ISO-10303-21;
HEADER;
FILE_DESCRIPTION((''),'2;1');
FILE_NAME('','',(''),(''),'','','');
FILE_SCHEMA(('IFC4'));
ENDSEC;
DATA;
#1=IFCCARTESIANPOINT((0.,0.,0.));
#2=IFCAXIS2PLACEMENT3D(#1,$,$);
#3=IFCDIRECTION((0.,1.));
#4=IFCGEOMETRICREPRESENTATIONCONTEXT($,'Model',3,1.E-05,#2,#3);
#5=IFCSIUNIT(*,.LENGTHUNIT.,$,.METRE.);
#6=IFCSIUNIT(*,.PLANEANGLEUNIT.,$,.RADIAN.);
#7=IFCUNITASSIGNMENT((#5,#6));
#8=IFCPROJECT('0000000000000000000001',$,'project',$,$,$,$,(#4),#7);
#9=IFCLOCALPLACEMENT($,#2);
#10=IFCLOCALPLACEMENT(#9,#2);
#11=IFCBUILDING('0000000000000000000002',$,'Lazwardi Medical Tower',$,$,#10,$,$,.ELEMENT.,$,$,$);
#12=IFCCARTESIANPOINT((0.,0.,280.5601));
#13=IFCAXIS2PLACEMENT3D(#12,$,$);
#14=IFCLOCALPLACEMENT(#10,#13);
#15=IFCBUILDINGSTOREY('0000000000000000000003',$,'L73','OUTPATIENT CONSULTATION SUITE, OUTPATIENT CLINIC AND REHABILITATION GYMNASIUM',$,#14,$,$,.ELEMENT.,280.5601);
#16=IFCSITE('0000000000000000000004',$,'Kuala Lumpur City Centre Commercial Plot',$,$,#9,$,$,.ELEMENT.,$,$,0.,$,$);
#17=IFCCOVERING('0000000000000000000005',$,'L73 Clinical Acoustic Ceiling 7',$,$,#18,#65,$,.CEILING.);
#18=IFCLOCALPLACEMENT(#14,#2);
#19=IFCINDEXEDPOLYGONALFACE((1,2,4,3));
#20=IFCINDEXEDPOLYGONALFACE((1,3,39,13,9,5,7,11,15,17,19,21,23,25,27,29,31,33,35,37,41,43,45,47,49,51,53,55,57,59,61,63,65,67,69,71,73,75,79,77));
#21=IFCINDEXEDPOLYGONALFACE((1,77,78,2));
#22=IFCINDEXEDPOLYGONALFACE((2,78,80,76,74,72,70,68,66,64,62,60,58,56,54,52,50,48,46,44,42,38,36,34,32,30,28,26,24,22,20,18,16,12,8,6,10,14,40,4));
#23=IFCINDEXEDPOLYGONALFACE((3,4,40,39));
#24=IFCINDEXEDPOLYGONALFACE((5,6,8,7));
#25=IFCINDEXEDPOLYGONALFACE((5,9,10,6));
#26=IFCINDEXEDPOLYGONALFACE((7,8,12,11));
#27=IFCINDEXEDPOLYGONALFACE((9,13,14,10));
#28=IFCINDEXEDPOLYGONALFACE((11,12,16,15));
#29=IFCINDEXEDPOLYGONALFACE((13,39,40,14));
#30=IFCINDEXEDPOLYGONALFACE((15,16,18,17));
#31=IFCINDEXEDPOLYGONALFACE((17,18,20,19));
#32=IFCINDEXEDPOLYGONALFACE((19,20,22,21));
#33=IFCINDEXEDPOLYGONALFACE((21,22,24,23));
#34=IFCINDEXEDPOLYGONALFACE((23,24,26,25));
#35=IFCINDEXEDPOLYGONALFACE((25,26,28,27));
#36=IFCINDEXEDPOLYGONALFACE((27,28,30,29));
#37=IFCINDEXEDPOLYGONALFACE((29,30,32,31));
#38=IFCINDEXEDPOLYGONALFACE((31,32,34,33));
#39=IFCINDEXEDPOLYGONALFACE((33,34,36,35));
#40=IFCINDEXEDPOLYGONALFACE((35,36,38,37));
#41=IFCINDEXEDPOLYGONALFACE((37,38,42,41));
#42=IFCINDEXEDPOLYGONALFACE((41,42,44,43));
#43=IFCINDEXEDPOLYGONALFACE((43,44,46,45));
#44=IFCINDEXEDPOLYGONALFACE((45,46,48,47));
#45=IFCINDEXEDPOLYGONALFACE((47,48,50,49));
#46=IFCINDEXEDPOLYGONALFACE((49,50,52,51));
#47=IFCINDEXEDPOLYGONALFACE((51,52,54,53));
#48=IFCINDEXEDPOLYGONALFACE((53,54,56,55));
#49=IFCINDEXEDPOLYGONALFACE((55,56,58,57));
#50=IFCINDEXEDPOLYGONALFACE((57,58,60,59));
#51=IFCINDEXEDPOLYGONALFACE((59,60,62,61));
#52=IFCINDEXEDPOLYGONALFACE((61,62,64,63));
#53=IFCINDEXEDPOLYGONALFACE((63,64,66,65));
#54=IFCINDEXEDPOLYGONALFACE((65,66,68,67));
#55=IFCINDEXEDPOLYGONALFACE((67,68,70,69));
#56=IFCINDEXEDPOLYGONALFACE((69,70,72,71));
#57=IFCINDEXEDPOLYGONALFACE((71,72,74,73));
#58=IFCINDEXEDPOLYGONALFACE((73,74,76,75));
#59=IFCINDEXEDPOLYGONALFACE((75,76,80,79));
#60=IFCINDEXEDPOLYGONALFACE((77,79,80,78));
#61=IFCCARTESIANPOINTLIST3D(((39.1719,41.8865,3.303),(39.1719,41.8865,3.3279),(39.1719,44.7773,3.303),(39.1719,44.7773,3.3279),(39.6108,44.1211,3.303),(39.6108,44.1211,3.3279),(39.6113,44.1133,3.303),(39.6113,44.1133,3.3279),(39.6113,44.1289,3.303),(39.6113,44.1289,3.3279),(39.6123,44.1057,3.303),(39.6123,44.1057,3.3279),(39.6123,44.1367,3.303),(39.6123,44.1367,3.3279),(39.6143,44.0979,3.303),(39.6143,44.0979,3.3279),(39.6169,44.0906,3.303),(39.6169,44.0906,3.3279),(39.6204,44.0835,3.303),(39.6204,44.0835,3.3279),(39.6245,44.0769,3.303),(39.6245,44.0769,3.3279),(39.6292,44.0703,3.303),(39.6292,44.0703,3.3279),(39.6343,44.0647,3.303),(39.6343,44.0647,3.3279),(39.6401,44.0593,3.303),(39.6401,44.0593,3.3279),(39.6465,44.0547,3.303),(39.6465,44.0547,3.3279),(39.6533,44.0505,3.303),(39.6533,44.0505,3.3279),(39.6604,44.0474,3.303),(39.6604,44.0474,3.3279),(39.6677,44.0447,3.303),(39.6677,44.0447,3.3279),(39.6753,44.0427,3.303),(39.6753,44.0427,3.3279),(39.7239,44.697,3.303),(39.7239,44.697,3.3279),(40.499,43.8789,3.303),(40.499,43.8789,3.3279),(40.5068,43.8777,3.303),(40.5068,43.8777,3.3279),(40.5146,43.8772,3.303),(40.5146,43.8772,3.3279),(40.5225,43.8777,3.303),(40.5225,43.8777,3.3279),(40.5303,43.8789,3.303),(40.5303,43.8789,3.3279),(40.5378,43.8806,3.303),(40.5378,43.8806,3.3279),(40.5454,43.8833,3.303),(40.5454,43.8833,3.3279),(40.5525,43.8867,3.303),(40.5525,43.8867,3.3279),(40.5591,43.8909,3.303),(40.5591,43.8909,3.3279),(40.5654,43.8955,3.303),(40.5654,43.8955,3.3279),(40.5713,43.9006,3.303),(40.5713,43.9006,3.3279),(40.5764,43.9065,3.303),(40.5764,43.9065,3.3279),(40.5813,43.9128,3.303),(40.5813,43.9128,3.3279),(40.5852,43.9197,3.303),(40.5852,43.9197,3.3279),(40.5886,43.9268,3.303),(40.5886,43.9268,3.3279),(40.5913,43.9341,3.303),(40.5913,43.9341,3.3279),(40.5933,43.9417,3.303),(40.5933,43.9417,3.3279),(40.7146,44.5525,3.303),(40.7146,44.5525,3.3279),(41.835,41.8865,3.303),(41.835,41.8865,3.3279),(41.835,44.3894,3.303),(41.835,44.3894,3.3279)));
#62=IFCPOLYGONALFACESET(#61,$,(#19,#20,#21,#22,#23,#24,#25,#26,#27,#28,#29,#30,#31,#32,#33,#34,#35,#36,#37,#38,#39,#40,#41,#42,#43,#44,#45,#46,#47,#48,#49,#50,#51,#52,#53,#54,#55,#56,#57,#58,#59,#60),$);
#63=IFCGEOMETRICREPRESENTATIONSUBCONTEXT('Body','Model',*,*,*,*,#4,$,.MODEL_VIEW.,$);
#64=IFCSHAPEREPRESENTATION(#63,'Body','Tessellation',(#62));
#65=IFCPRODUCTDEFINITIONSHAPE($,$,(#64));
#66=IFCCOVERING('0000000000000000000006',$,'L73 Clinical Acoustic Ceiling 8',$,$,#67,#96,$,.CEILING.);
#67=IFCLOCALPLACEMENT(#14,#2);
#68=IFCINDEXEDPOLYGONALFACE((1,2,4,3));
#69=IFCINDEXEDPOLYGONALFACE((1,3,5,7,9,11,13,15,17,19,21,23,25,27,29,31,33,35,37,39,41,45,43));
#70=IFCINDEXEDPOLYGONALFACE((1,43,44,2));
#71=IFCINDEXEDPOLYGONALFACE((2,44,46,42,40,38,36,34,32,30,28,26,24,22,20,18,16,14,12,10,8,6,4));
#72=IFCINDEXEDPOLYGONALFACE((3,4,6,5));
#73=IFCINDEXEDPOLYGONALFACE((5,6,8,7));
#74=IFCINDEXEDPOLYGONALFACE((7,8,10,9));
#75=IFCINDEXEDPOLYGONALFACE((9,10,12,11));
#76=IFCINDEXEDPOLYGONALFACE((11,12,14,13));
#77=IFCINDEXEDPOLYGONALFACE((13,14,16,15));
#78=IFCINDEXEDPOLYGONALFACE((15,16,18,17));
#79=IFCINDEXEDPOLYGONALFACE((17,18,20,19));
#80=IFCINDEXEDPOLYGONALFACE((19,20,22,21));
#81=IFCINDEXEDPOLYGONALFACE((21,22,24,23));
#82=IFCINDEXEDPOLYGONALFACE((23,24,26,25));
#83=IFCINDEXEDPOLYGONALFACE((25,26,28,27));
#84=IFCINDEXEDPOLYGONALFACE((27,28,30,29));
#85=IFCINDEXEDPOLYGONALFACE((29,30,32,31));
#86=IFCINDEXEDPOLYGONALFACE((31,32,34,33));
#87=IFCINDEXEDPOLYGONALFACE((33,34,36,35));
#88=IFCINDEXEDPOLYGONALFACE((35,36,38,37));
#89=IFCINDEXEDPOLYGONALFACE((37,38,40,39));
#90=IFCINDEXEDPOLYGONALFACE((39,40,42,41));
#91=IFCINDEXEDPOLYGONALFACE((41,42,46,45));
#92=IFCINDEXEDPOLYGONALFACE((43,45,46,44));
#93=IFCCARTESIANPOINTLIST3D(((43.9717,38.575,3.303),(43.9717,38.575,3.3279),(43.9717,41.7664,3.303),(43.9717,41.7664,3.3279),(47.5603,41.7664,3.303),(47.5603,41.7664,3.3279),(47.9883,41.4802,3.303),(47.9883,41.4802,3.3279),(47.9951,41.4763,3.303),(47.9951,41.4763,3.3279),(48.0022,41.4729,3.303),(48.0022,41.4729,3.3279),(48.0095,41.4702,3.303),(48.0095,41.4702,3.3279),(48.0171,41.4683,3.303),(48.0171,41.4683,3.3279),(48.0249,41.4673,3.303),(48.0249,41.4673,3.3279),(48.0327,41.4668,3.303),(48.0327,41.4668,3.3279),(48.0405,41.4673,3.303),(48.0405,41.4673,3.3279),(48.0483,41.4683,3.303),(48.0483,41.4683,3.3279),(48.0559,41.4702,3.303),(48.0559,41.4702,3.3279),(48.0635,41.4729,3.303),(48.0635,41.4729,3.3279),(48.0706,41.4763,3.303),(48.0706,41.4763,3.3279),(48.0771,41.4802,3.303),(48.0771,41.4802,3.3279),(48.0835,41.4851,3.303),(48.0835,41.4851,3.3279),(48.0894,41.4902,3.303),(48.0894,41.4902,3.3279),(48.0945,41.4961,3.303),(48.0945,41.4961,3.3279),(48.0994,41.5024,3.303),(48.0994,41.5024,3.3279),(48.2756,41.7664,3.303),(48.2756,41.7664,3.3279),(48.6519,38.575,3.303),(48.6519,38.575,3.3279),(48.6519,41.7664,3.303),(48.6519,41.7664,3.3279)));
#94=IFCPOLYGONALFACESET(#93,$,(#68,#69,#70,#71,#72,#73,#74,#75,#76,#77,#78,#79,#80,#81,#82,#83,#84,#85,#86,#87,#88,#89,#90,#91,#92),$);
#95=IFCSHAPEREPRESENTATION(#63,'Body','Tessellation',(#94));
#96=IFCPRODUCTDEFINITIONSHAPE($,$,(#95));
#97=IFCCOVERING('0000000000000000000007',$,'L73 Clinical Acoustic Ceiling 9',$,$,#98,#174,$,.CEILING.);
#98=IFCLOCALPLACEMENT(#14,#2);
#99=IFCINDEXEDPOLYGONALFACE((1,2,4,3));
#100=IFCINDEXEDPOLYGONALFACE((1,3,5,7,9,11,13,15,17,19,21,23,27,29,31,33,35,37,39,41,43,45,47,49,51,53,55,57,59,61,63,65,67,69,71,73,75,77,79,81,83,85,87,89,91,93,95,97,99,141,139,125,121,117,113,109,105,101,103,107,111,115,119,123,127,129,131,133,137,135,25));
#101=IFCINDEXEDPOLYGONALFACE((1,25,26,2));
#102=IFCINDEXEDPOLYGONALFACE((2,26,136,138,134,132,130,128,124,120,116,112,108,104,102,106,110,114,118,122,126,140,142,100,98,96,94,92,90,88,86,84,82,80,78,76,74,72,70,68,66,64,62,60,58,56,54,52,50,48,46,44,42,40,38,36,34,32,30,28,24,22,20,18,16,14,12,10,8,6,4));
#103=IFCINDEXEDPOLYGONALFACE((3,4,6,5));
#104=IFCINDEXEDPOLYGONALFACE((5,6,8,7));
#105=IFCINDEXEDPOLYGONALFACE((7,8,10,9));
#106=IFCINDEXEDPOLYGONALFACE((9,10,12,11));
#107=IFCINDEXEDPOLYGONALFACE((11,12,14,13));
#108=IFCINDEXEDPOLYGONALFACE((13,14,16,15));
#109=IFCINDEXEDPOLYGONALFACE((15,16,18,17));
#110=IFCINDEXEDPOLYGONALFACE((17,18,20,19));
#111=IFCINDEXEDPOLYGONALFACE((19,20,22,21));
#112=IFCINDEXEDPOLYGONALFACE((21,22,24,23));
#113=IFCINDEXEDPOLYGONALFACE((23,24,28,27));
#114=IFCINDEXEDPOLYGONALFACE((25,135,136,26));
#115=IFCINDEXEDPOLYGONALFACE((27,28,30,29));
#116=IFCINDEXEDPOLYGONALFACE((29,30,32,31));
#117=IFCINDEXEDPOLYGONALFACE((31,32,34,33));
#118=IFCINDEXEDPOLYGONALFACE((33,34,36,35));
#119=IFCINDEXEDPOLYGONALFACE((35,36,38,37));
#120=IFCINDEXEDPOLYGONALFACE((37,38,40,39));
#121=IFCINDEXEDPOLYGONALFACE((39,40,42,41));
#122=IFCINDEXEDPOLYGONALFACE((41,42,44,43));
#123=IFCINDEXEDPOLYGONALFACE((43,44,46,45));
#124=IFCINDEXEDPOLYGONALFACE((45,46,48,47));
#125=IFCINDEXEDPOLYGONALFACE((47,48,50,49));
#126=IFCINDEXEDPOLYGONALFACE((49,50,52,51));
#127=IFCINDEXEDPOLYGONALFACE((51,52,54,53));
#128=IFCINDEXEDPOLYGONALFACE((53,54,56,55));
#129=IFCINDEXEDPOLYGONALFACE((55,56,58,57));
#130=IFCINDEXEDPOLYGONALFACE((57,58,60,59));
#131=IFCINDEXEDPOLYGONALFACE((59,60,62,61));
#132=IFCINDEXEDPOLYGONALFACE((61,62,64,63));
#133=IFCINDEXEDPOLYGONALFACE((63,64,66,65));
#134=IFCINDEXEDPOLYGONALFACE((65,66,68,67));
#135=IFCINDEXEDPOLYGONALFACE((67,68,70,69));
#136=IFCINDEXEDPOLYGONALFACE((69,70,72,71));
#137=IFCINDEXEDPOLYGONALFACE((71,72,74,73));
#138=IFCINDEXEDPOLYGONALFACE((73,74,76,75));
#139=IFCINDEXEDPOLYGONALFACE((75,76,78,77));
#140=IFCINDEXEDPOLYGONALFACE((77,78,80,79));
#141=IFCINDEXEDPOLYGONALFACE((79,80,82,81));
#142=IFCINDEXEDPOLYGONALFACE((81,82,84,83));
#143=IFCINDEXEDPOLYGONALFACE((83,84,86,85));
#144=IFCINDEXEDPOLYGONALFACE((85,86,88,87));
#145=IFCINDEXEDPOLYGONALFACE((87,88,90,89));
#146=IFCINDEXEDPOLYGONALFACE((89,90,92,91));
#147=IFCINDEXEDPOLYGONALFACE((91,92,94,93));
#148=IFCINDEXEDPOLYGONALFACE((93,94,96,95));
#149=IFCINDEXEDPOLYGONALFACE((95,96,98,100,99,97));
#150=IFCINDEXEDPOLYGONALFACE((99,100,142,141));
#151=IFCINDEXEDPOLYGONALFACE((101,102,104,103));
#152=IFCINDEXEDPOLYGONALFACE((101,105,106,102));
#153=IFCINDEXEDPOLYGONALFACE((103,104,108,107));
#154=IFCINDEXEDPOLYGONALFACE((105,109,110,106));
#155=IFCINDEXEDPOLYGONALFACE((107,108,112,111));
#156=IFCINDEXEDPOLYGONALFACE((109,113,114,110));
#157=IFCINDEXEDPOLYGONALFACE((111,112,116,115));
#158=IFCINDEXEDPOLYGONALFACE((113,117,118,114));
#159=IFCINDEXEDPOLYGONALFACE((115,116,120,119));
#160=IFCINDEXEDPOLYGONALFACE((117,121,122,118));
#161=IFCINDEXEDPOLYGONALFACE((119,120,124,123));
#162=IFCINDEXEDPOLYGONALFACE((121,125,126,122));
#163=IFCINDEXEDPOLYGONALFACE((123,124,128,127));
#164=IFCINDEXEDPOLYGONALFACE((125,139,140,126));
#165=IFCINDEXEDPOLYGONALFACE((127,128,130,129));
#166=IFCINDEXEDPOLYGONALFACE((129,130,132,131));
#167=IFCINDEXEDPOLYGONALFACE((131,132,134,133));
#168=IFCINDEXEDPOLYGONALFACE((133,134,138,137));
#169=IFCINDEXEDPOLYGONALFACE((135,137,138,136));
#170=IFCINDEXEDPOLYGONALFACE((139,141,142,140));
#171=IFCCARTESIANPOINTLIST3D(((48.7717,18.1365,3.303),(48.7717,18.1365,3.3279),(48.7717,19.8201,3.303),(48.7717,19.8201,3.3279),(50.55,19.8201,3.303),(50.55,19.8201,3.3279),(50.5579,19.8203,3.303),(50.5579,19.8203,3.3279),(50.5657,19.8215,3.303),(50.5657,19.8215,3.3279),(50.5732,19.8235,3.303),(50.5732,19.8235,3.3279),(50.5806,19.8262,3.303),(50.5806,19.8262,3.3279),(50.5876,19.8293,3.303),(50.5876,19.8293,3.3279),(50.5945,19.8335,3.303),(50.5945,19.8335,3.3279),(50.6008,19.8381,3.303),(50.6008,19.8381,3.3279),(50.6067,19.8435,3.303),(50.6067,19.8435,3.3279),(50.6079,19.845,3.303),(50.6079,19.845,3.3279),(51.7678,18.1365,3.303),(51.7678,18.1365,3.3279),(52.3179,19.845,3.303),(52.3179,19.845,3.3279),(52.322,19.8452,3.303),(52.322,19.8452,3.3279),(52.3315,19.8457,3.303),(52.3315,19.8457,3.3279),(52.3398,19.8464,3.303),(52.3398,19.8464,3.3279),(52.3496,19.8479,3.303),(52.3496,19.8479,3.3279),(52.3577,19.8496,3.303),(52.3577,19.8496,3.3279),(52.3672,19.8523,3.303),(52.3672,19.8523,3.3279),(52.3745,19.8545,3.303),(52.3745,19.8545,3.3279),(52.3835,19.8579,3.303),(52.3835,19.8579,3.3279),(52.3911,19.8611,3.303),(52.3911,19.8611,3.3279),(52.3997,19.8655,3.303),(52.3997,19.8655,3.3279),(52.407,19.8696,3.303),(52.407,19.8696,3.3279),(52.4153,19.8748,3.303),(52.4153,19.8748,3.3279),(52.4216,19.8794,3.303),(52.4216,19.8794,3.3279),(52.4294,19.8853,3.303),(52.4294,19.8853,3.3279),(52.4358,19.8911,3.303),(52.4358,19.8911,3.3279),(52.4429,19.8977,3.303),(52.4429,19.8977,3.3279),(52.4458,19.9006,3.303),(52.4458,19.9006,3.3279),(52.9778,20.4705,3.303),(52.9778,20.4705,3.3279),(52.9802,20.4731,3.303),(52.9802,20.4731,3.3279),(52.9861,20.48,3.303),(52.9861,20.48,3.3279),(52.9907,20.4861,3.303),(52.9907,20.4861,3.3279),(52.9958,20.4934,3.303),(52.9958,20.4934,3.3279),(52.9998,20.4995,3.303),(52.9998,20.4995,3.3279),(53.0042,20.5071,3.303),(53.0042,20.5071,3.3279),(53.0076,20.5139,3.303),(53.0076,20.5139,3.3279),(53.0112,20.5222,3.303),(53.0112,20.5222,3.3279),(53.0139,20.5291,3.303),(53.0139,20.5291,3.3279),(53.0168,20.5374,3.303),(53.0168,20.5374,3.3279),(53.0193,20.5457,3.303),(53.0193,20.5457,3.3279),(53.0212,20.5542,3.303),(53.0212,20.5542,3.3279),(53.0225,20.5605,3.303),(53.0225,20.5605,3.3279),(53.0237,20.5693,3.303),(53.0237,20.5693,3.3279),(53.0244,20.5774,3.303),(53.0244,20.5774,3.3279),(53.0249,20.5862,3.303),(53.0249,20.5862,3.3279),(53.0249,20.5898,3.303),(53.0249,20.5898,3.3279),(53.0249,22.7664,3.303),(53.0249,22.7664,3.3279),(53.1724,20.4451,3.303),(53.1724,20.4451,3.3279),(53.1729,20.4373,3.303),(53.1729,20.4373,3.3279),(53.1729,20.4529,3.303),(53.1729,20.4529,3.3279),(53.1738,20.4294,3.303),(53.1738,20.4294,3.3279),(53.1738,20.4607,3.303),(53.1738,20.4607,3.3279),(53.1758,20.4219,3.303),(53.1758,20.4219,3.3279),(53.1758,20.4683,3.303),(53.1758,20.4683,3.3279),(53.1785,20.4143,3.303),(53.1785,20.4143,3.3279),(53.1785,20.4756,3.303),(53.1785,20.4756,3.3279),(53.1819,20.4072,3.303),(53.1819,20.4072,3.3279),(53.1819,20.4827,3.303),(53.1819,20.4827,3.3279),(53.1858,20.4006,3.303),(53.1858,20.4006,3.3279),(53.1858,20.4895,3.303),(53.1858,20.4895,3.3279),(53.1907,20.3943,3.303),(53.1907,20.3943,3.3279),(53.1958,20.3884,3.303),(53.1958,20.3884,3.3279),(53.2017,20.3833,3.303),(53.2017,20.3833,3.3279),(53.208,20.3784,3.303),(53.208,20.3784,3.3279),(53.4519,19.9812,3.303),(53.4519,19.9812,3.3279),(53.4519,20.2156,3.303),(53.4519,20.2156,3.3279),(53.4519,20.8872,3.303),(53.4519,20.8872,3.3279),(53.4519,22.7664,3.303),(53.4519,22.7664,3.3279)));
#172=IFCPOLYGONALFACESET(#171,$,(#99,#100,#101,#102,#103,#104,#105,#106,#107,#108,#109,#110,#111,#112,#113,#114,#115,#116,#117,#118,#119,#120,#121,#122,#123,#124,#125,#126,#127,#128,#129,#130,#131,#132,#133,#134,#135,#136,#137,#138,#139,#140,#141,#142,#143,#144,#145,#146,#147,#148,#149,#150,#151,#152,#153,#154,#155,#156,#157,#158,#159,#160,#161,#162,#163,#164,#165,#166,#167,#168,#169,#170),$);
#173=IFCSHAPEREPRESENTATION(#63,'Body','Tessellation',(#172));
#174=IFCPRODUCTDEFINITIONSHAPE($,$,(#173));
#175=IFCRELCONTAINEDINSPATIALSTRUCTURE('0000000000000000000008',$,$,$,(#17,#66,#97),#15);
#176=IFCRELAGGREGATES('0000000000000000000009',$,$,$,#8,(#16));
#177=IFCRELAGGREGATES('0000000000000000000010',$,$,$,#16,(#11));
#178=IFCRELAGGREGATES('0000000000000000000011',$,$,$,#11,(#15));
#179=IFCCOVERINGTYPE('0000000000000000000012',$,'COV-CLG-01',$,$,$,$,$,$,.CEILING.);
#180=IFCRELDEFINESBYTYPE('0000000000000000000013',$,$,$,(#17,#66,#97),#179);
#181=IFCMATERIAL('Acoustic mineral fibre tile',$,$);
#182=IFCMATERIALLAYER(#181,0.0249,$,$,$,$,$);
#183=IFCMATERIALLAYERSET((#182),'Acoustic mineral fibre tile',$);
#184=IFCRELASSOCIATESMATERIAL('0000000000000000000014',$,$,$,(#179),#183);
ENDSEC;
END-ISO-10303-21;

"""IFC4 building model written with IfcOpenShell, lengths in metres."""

from ifc_helpers import new_model, si_unit, direction, frame, origin, place, context, subcontext, project, spatial, polyline, outline, extrude, material, layer, layer_set, type_object, element, save


model = new_model("IFC4")

# Units and contexts
model_context = context("Model", 3, precision=1e-05, world=origin(), true_north=direction((0.0, 1.0)))
body_context = subcontext(model_context, "Body", "Model", "MODEL_VIEW")
ifc_project = project(units=[si_unit("LENGTHUNIT", "METRE"), si_unit("PLANEANGLEUNIT", "RADIAN")], contexts=[model_context])

# Site, building, storey
site_placement = place(None, origin())
site = spatial("IfcSite", under=ifc_project, at=site_placement, Name="Kuala Lumpur City Centre Commercial Plot", CompositionType="ELEMENT", RefElevation=0.0)
building_placement = place(site_placement, origin())
building = spatial("IfcBuilding", under=site, at=building_placement, Name="Lazwardi Medical Tower", CompositionType="ELEMENT")
storey_placement = place(building_placement, frame((0.0, 0.0, 280.5601)))
storey = spatial("IfcBuildingStorey", under=building, at=storey_placement, Name="L73", Description="OUTPATIENT CONSULTATION SUITE, OUTPATIENT CLINIC AND REHABILITATION GYMNASIUM", CompositionType="ELEMENT", Elevation=280.5601)

# Coverings
ifc_material_1 = material(Name="Acoustic mineral fibre tile")
ifc_layer_1 = layer(ifc_material_1, 0.0249)
ifc_layer_set_1 = layer_set([ifc_layer_1], Name="Acoustic mineral fibre tile")
covering_type_1 = type_object("IfcCoveringType", Name="COV-CLG-01", PredefinedType="CEILING", material=ifc_layer_set_1)
covering_1_placement = place(storey_placement, frame((0.0, 0.0, 3.303)))
element("IfcCovering", 1, at=covering_1_placement, inside=storey, type_object=covering_type_1, Name="L73 Clinical Acoustic Ceiling 7", PredefinedType="CEILING", context=body_context, shape_type="SweptSolid", body=[
    extrude(outline(polyline([(41.835, 41.8865), (41.835, 44.3894), (40.7146, 44.5525), (40.5933, 43.9417), (40.5913, 43.9341), (40.5886, 43.9268), (40.5852, 43.9197), (40.5813, 43.9128), (40.5764, 43.9065), (40.5713, 43.9006), (40.5654, 43.8955), (40.5591, 43.8909), (40.5525, 43.8867), (40.5454, 43.8833), (40.5378, 43.8806), (40.5303, 43.8789), (40.5225, 43.8777), (40.5146, 43.8772), (40.5068, 43.8777), (40.499, 43.8789), (39.6753, 44.0427), (39.6677, 44.0447), (39.6604, 44.0474), (39.6533, 44.0505), (39.6465, 44.0547), (39.6401, 44.0593), (39.6343, 44.0647), (39.6292, 44.0703), (39.6245, 44.0769), (39.6204, 44.0835), (39.6169, 44.0906), (39.6143, 44.0979), (39.6123, 44.1057), (39.6113, 44.1133), (39.6108, 44.1211), (39.6113, 44.1289), (39.6123, 44.1367), (39.7239, 44.697), (39.1719, 44.7773), (39.1719, 41.8865), (41.835, 41.8865)])), origin(), (0.0, 0.0, 1.0), 0.0249),
])
covering_2_placement = place(storey_placement, frame((0.0, 0.0, 3.303)))
element("IfcCovering", 2, at=covering_2_placement, inside=storey, type_object=covering_type_1, Name="L73 Clinical Acoustic Ceiling 8", PredefinedType="CEILING", context=body_context, shape_type="SweptSolid", body=[
    extrude(outline(polyline([(48.2756, 41.7664), (48.0994, 41.5024), (48.0945, 41.4961), (48.0894, 41.4902), (48.0835, 41.4851), (48.0771, 41.4802), (48.0706, 41.4763), (48.0635, 41.4729), (48.0559, 41.4702), (48.0483, 41.4683), (48.0405, 41.4673), (48.0327, 41.4668), (48.0249, 41.4673), (48.0171, 41.4683), (48.0095, 41.4702), (48.0022, 41.4729), (47.9951, 41.4763), (47.9883, 41.4802), (47.5603, 41.7664), (43.9717, 41.7664), (43.9717, 38.575), (48.6519, 38.575), (48.6519, 41.7664), (48.2756, 41.7664)])), origin(), (0.0, 0.0, 1.0), 0.0249),
])
covering_3_placement = place(storey_placement, frame((0.0, 0.0, 3.303)))
element("IfcCovering", 3, at=covering_3_placement, inside=storey, type_object=covering_type_1, Name="L73 Clinical Acoustic Ceiling 9", PredefinedType="CEILING", context=body_context, shape_type="SweptSolid", body=[
    extrude(outline(polyline([(53.4519, 20.2156), (53.208, 20.3784), (53.2017, 20.3833), (53.1958, 20.3884), (53.1907, 20.3943), (53.1858, 20.4006), (53.1819, 20.4072), (53.1785, 20.4143), (53.1758, 20.4219), (53.1738, 20.4294), (53.1729, 20.4373), (53.1724, 20.4451), (53.1729, 20.4529), (53.1738, 20.4607), (53.1758, 20.4683), (53.1785, 20.4756), (53.1819, 20.4827), (53.1858, 20.4895), (53.4519, 20.8872), (53.4519, 22.7664), (53.0249, 22.7664), (53.0249, 20.5898), (53.0249, 20.5862), (53.0244, 20.5774), (53.0237, 20.5693), (53.0225, 20.5605), (53.0212, 20.5542), (53.0193, 20.5457), (53.0168, 20.5374), (53.0139, 20.5291), (53.0112, 20.5222), (53.0076, 20.5139), (53.0042, 20.5071), (52.9998, 20.4995), (52.9958, 20.4934), (52.9907, 20.4861), (52.9861, 20.48), (52.9802, 20.4731), (52.9778, 20.4705), (52.4458, 19.9006), (52.4429, 19.8977), (52.4358, 19.8911), (52.4294, 19.8853), (52.4216, 19.8794), (52.4153, 19.8748), (52.407, 19.8696), (52.3997, 19.8655), (52.3911, 19.8611), (52.3835, 19.8579), (52.3745, 19.8545), (52.3672, 19.8523), (52.3577, 19.8496), (52.3496, 19.8479), (52.3398, 19.8464), (52.3315, 19.8457), (52.322, 19.8452), (52.3179, 19.845), (50.6079, 19.845), (50.6067, 19.8435), (50.6008, 19.8381), (50.5945, 19.8335), (50.5876, 19.8293), (50.5806, 19.8262), (50.5732, 19.8235), (50.5657, 19.8215), (50.5579, 19.8203), (50.55, 19.8201), (48.7717, 19.8201), (48.7717, 18.1365), (51.7678, 18.1365), (53.4519, 19.9812), (53.4519, 20.2156)])), origin(), (0.0, 0.0, 1.0), 0.0249),
])

save(model, "model.ifc")
